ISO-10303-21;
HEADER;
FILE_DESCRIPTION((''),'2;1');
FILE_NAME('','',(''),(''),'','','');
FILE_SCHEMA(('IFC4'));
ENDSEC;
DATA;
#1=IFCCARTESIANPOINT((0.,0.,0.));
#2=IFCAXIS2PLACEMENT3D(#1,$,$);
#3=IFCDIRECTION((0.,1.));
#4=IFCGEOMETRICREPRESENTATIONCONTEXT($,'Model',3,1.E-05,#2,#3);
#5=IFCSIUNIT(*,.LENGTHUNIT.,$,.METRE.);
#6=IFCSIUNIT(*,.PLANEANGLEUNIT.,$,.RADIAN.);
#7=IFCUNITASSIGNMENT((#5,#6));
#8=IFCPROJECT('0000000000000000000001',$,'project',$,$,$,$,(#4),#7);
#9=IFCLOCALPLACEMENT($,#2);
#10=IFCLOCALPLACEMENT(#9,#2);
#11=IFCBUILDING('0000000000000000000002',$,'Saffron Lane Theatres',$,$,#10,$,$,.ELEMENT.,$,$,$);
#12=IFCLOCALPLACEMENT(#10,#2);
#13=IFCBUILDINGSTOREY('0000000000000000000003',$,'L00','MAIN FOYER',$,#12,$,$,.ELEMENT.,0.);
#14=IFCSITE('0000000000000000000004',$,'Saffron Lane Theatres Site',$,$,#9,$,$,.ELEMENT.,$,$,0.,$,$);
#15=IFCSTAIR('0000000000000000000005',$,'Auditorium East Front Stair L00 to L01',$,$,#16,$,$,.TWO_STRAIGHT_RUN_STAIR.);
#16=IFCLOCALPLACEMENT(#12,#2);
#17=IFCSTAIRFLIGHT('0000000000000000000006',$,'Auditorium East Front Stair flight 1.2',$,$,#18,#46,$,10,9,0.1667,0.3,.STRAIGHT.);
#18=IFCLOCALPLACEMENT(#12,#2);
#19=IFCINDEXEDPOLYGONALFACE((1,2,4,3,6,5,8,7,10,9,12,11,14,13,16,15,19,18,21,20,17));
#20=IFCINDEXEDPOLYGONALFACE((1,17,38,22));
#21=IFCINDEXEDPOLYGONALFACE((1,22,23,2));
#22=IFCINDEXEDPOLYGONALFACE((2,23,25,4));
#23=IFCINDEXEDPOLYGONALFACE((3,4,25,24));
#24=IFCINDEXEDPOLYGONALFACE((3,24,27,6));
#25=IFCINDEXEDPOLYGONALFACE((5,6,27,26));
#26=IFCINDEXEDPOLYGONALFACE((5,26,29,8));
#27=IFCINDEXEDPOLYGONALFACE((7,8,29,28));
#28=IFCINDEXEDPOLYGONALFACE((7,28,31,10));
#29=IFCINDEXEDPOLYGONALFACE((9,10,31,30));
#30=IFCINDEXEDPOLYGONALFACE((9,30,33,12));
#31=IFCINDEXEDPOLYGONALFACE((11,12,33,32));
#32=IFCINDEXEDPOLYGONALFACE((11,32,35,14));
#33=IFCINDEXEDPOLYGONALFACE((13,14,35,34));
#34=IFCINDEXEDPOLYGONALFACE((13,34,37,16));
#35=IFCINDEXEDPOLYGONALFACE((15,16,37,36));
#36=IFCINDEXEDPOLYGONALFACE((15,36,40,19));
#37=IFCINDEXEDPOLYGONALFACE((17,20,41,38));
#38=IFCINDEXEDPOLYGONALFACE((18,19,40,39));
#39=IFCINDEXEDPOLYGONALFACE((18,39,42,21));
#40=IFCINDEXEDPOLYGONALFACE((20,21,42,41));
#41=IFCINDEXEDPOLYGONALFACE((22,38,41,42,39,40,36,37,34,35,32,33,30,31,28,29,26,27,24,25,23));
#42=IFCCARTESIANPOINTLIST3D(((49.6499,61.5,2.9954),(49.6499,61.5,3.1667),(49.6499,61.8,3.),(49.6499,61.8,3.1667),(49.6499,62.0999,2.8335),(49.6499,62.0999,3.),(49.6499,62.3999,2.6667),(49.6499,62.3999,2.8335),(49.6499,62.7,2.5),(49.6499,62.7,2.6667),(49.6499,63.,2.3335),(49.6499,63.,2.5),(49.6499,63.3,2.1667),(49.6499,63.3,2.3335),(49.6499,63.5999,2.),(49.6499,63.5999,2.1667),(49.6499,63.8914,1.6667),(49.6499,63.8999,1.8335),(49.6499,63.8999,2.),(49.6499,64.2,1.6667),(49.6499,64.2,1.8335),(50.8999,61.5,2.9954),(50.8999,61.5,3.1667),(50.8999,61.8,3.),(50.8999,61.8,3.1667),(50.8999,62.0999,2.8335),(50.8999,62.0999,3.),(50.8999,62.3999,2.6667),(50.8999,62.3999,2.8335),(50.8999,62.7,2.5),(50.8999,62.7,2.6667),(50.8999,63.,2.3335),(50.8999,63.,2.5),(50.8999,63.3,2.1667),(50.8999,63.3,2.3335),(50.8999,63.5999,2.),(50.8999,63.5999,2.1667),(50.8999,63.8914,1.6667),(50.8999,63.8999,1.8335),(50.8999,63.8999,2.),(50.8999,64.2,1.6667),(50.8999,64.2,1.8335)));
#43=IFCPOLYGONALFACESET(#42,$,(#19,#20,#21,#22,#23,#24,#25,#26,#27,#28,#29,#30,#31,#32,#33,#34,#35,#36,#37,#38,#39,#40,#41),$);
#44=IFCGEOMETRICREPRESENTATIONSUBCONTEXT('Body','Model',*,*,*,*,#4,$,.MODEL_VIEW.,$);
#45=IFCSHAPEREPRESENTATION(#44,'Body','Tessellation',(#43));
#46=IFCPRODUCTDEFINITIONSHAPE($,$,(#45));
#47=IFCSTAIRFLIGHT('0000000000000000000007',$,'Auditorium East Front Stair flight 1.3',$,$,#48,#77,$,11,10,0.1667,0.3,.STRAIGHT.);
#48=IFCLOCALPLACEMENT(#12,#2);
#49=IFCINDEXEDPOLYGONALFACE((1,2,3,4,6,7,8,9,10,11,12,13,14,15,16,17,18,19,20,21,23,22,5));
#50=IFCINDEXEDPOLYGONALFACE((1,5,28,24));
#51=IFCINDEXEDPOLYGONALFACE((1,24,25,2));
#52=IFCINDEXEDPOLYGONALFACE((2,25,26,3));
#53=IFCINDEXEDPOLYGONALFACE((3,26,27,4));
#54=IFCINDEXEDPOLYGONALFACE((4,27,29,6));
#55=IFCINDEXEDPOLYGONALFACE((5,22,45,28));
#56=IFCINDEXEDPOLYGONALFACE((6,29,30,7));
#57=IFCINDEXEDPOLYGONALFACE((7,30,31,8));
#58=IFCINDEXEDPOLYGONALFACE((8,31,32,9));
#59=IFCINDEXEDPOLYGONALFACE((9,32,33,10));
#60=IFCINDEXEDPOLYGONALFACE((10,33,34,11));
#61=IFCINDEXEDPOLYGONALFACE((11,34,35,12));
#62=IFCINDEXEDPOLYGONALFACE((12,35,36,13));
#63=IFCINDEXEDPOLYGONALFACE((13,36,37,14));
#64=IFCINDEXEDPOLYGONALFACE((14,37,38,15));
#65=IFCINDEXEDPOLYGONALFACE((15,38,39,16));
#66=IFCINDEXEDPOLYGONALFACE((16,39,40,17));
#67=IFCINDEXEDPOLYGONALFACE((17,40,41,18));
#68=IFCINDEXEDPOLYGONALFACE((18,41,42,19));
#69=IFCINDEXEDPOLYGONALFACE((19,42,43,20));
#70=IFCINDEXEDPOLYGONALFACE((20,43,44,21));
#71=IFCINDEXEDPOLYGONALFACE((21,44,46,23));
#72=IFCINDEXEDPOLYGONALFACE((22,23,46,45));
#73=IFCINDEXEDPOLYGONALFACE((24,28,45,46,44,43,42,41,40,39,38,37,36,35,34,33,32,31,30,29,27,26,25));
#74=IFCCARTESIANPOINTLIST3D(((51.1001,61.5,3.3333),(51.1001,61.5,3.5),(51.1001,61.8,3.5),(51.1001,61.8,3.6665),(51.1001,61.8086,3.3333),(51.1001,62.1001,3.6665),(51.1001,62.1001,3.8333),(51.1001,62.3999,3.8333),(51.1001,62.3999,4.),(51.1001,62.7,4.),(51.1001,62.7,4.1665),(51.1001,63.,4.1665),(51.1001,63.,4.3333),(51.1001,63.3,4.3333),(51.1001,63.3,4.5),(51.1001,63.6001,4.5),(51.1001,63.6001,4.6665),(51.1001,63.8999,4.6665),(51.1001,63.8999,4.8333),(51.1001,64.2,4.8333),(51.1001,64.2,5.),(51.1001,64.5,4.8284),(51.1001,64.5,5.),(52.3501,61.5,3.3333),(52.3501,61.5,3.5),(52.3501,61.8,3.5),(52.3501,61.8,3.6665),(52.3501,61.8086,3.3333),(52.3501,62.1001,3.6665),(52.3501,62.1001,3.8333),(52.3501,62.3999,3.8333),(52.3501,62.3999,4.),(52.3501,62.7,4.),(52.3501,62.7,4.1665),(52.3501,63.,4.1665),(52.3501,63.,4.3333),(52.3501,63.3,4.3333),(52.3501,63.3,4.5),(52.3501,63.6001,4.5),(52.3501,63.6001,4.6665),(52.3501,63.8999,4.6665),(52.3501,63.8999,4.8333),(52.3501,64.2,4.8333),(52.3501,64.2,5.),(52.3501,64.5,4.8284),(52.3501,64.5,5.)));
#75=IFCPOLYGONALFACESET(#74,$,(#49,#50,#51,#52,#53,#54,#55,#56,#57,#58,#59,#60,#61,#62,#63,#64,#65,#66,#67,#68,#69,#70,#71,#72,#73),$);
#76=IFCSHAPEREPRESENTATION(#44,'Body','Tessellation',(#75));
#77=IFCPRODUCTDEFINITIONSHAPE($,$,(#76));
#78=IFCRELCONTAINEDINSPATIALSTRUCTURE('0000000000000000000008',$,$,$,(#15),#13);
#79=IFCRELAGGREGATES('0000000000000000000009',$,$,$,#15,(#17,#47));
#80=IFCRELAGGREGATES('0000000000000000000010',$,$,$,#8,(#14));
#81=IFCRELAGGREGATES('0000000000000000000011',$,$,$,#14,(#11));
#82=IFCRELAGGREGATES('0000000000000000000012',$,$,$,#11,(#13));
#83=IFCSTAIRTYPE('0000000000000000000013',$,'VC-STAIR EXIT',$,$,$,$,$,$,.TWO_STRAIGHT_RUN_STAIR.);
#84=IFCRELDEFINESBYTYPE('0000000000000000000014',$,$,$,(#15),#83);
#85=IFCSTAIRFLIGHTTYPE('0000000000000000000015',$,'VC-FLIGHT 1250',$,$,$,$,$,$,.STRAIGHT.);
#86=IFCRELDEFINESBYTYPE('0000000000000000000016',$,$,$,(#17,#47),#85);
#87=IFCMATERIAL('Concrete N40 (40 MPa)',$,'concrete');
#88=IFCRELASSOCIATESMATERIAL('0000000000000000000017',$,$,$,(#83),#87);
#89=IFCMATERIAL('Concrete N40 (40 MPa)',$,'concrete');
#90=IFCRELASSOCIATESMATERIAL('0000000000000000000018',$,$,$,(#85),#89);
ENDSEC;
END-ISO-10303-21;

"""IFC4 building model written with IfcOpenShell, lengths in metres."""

from ifc_helpers import new_model, si_unit, direction, frame, origin, place, context, subcontext, project, spatial, polyline, outline, extrude, material, type_object, element, aggregate, save


model = new_model("IFC4")

# Units and contexts
model_context = context("Model", 3, precision=1e-05, world=origin(), true_north=direction((0.0, 1.0)))
body_context = subcontext(model_context, "Body", "Model", "MODEL_VIEW")
ifc_project = project(units=[si_unit("LENGTHUNIT", "METRE"), si_unit("PLANEANGLEUNIT", "RADIAN")], contexts=[model_context])

# Site, building, storey
site_placement = place(None, origin())
site = spatial("IfcSite", under=ifc_project, at=site_placement, Name="Saffron Lane Theatres Site", CompositionType="ELEMENT", RefElevation=0.0)
building_placement = place(site_placement, origin())
building = spatial("IfcBuilding", under=site, at=building_placement, Name="Saffron Lane Theatres", CompositionType="ELEMENT")
storey_placement = place(building_placement, origin())
storey = spatial("IfcBuildingStorey", under=building, at=storey_placement, Name="L00", Description="MAIN FOYER", CompositionType="ELEMENT", Elevation=0.0)

# Stair, stair flights
ifc_material_1 = material(Name="Concrete N40 (40 MPa)", Category="concrete")
stair_type = type_object("IfcStairType", Name="VC-STAIR EXIT", PredefinedType="TWO_STRAIGHT_RUN_STAIR", material=ifc_material_1)
ifc_material_2 = material(Name="Concrete N40 (40 MPa)", Category="concrete")
stair_flight_type = type_object("IfcStairFlightType", Name="VC-FLIGHT 1250", PredefinedType="STRAIGHT", material=ifc_material_2)
stair_1_placement = place(storey_placement, origin())
stair_1 = element("IfcStair", 1, at=stair_1_placement, inside=storey, type_object=stair_type, Name="Auditorium East Front Stair L00 to L01", PredefinedType="TWO_STRAIGHT_RUN_STAIR")
stair_flight_1_placement = place(storey_placement, frame((50.2749, 64.2, 1.6667), z_axis=(0.0, 0.0, 1.0), x_axis=(0.0, -1.0, 0.0)))
stair_flight_1 = element("IfcStairFlight", 2, at=stair_flight_1_placement, type_object=stair_flight_type, Name="Auditorium East Front Stair flight 1.2", NumberOfRisers=10, NumberOfTreads=9, PredefinedType="STRAIGHT", RiserHeight=0.1667, TreadLength=0.3, context=body_context, shape_type="SweptSolid", body=[
    extrude(outline(polyline([(0.0, 0.0), (0.0, 0.1667), (0.3, 0.1667), (0.3, 0.3333), (0.6001, 0.3333), (0.6001, 0.5), (0.8999, 0.5), (0.8999, 0.6667), (1.2, 0.6667), (1.2, 0.8333), (1.5, 0.8333), (1.5, 1.0), (1.8, 1.0), (1.8, 1.1667), (2.1001, 1.1667), (2.1001, 1.3333), (2.3999, 1.3333), (2.3999, 1.5), (2.7, 1.5), (2.7, 1.6667), (2.7, 1.3286), (0.3086, 0.0), (0.0, 0.0)])), frame((0.0, 0.625, 0.0), z_axis=(0.0, -1.0, 0.0), x_axis=(1.0, 0.0, 0.0)), (0.0, 0.0, 1.0), 1.25),
])
stair_flight_2_placement = place(storey_placement, frame((51.7251, 61.5, 3.3333), z_axis=(0.0, 0.0, 1.0), x_axis=(0.0, 1.0, 0.0)))
stair_flight_2 = element("IfcStairFlight", 3, at=stair_flight_2_placement, type_object=stair_flight_type, Name="Auditorium East Front Stair flight 1.3", NumberOfRisers=11, NumberOfTreads=10, PredefinedType="STRAIGHT", RiserHeight=0.1667, TreadLength=0.3, context=body_context, shape_type="SweptSolid", body=[
    extrude(outline(polyline([(0.0, 0.0), (0.0, 0.1667), (0.3, 0.1667), (0.3, 0.3333), (0.6001, 0.3333), (0.6001, 0.5), (0.8999, 0.5), (0.8999, 0.6667), (1.2, 0.6667), (1.2, 0.8333), (1.5, 0.8333), (1.5, 1.0), (1.8, 1.0), (1.8, 1.1667), (2.1001, 1.1667), (2.1001, 1.3333), (2.3999, 1.3333), (2.3999, 1.5), (2.7, 1.5), (2.7, 1.6667), (3.0, 1.6667), (3.0, 1.8333), (3.0, 1.4951), (0.3086, 0.0), (0.0, 0.0)])), frame((0.0, 0.625, 0.0), z_axis=(0.0, -1.0, 0.0), x_axis=(1.0, 0.0, 0.0)), (0.0, 0.0, 1.0), 1.25),
])
aggregate(stair_1, [stair_flight_1, stair_flight_2])

save(model, "model.ifc")
